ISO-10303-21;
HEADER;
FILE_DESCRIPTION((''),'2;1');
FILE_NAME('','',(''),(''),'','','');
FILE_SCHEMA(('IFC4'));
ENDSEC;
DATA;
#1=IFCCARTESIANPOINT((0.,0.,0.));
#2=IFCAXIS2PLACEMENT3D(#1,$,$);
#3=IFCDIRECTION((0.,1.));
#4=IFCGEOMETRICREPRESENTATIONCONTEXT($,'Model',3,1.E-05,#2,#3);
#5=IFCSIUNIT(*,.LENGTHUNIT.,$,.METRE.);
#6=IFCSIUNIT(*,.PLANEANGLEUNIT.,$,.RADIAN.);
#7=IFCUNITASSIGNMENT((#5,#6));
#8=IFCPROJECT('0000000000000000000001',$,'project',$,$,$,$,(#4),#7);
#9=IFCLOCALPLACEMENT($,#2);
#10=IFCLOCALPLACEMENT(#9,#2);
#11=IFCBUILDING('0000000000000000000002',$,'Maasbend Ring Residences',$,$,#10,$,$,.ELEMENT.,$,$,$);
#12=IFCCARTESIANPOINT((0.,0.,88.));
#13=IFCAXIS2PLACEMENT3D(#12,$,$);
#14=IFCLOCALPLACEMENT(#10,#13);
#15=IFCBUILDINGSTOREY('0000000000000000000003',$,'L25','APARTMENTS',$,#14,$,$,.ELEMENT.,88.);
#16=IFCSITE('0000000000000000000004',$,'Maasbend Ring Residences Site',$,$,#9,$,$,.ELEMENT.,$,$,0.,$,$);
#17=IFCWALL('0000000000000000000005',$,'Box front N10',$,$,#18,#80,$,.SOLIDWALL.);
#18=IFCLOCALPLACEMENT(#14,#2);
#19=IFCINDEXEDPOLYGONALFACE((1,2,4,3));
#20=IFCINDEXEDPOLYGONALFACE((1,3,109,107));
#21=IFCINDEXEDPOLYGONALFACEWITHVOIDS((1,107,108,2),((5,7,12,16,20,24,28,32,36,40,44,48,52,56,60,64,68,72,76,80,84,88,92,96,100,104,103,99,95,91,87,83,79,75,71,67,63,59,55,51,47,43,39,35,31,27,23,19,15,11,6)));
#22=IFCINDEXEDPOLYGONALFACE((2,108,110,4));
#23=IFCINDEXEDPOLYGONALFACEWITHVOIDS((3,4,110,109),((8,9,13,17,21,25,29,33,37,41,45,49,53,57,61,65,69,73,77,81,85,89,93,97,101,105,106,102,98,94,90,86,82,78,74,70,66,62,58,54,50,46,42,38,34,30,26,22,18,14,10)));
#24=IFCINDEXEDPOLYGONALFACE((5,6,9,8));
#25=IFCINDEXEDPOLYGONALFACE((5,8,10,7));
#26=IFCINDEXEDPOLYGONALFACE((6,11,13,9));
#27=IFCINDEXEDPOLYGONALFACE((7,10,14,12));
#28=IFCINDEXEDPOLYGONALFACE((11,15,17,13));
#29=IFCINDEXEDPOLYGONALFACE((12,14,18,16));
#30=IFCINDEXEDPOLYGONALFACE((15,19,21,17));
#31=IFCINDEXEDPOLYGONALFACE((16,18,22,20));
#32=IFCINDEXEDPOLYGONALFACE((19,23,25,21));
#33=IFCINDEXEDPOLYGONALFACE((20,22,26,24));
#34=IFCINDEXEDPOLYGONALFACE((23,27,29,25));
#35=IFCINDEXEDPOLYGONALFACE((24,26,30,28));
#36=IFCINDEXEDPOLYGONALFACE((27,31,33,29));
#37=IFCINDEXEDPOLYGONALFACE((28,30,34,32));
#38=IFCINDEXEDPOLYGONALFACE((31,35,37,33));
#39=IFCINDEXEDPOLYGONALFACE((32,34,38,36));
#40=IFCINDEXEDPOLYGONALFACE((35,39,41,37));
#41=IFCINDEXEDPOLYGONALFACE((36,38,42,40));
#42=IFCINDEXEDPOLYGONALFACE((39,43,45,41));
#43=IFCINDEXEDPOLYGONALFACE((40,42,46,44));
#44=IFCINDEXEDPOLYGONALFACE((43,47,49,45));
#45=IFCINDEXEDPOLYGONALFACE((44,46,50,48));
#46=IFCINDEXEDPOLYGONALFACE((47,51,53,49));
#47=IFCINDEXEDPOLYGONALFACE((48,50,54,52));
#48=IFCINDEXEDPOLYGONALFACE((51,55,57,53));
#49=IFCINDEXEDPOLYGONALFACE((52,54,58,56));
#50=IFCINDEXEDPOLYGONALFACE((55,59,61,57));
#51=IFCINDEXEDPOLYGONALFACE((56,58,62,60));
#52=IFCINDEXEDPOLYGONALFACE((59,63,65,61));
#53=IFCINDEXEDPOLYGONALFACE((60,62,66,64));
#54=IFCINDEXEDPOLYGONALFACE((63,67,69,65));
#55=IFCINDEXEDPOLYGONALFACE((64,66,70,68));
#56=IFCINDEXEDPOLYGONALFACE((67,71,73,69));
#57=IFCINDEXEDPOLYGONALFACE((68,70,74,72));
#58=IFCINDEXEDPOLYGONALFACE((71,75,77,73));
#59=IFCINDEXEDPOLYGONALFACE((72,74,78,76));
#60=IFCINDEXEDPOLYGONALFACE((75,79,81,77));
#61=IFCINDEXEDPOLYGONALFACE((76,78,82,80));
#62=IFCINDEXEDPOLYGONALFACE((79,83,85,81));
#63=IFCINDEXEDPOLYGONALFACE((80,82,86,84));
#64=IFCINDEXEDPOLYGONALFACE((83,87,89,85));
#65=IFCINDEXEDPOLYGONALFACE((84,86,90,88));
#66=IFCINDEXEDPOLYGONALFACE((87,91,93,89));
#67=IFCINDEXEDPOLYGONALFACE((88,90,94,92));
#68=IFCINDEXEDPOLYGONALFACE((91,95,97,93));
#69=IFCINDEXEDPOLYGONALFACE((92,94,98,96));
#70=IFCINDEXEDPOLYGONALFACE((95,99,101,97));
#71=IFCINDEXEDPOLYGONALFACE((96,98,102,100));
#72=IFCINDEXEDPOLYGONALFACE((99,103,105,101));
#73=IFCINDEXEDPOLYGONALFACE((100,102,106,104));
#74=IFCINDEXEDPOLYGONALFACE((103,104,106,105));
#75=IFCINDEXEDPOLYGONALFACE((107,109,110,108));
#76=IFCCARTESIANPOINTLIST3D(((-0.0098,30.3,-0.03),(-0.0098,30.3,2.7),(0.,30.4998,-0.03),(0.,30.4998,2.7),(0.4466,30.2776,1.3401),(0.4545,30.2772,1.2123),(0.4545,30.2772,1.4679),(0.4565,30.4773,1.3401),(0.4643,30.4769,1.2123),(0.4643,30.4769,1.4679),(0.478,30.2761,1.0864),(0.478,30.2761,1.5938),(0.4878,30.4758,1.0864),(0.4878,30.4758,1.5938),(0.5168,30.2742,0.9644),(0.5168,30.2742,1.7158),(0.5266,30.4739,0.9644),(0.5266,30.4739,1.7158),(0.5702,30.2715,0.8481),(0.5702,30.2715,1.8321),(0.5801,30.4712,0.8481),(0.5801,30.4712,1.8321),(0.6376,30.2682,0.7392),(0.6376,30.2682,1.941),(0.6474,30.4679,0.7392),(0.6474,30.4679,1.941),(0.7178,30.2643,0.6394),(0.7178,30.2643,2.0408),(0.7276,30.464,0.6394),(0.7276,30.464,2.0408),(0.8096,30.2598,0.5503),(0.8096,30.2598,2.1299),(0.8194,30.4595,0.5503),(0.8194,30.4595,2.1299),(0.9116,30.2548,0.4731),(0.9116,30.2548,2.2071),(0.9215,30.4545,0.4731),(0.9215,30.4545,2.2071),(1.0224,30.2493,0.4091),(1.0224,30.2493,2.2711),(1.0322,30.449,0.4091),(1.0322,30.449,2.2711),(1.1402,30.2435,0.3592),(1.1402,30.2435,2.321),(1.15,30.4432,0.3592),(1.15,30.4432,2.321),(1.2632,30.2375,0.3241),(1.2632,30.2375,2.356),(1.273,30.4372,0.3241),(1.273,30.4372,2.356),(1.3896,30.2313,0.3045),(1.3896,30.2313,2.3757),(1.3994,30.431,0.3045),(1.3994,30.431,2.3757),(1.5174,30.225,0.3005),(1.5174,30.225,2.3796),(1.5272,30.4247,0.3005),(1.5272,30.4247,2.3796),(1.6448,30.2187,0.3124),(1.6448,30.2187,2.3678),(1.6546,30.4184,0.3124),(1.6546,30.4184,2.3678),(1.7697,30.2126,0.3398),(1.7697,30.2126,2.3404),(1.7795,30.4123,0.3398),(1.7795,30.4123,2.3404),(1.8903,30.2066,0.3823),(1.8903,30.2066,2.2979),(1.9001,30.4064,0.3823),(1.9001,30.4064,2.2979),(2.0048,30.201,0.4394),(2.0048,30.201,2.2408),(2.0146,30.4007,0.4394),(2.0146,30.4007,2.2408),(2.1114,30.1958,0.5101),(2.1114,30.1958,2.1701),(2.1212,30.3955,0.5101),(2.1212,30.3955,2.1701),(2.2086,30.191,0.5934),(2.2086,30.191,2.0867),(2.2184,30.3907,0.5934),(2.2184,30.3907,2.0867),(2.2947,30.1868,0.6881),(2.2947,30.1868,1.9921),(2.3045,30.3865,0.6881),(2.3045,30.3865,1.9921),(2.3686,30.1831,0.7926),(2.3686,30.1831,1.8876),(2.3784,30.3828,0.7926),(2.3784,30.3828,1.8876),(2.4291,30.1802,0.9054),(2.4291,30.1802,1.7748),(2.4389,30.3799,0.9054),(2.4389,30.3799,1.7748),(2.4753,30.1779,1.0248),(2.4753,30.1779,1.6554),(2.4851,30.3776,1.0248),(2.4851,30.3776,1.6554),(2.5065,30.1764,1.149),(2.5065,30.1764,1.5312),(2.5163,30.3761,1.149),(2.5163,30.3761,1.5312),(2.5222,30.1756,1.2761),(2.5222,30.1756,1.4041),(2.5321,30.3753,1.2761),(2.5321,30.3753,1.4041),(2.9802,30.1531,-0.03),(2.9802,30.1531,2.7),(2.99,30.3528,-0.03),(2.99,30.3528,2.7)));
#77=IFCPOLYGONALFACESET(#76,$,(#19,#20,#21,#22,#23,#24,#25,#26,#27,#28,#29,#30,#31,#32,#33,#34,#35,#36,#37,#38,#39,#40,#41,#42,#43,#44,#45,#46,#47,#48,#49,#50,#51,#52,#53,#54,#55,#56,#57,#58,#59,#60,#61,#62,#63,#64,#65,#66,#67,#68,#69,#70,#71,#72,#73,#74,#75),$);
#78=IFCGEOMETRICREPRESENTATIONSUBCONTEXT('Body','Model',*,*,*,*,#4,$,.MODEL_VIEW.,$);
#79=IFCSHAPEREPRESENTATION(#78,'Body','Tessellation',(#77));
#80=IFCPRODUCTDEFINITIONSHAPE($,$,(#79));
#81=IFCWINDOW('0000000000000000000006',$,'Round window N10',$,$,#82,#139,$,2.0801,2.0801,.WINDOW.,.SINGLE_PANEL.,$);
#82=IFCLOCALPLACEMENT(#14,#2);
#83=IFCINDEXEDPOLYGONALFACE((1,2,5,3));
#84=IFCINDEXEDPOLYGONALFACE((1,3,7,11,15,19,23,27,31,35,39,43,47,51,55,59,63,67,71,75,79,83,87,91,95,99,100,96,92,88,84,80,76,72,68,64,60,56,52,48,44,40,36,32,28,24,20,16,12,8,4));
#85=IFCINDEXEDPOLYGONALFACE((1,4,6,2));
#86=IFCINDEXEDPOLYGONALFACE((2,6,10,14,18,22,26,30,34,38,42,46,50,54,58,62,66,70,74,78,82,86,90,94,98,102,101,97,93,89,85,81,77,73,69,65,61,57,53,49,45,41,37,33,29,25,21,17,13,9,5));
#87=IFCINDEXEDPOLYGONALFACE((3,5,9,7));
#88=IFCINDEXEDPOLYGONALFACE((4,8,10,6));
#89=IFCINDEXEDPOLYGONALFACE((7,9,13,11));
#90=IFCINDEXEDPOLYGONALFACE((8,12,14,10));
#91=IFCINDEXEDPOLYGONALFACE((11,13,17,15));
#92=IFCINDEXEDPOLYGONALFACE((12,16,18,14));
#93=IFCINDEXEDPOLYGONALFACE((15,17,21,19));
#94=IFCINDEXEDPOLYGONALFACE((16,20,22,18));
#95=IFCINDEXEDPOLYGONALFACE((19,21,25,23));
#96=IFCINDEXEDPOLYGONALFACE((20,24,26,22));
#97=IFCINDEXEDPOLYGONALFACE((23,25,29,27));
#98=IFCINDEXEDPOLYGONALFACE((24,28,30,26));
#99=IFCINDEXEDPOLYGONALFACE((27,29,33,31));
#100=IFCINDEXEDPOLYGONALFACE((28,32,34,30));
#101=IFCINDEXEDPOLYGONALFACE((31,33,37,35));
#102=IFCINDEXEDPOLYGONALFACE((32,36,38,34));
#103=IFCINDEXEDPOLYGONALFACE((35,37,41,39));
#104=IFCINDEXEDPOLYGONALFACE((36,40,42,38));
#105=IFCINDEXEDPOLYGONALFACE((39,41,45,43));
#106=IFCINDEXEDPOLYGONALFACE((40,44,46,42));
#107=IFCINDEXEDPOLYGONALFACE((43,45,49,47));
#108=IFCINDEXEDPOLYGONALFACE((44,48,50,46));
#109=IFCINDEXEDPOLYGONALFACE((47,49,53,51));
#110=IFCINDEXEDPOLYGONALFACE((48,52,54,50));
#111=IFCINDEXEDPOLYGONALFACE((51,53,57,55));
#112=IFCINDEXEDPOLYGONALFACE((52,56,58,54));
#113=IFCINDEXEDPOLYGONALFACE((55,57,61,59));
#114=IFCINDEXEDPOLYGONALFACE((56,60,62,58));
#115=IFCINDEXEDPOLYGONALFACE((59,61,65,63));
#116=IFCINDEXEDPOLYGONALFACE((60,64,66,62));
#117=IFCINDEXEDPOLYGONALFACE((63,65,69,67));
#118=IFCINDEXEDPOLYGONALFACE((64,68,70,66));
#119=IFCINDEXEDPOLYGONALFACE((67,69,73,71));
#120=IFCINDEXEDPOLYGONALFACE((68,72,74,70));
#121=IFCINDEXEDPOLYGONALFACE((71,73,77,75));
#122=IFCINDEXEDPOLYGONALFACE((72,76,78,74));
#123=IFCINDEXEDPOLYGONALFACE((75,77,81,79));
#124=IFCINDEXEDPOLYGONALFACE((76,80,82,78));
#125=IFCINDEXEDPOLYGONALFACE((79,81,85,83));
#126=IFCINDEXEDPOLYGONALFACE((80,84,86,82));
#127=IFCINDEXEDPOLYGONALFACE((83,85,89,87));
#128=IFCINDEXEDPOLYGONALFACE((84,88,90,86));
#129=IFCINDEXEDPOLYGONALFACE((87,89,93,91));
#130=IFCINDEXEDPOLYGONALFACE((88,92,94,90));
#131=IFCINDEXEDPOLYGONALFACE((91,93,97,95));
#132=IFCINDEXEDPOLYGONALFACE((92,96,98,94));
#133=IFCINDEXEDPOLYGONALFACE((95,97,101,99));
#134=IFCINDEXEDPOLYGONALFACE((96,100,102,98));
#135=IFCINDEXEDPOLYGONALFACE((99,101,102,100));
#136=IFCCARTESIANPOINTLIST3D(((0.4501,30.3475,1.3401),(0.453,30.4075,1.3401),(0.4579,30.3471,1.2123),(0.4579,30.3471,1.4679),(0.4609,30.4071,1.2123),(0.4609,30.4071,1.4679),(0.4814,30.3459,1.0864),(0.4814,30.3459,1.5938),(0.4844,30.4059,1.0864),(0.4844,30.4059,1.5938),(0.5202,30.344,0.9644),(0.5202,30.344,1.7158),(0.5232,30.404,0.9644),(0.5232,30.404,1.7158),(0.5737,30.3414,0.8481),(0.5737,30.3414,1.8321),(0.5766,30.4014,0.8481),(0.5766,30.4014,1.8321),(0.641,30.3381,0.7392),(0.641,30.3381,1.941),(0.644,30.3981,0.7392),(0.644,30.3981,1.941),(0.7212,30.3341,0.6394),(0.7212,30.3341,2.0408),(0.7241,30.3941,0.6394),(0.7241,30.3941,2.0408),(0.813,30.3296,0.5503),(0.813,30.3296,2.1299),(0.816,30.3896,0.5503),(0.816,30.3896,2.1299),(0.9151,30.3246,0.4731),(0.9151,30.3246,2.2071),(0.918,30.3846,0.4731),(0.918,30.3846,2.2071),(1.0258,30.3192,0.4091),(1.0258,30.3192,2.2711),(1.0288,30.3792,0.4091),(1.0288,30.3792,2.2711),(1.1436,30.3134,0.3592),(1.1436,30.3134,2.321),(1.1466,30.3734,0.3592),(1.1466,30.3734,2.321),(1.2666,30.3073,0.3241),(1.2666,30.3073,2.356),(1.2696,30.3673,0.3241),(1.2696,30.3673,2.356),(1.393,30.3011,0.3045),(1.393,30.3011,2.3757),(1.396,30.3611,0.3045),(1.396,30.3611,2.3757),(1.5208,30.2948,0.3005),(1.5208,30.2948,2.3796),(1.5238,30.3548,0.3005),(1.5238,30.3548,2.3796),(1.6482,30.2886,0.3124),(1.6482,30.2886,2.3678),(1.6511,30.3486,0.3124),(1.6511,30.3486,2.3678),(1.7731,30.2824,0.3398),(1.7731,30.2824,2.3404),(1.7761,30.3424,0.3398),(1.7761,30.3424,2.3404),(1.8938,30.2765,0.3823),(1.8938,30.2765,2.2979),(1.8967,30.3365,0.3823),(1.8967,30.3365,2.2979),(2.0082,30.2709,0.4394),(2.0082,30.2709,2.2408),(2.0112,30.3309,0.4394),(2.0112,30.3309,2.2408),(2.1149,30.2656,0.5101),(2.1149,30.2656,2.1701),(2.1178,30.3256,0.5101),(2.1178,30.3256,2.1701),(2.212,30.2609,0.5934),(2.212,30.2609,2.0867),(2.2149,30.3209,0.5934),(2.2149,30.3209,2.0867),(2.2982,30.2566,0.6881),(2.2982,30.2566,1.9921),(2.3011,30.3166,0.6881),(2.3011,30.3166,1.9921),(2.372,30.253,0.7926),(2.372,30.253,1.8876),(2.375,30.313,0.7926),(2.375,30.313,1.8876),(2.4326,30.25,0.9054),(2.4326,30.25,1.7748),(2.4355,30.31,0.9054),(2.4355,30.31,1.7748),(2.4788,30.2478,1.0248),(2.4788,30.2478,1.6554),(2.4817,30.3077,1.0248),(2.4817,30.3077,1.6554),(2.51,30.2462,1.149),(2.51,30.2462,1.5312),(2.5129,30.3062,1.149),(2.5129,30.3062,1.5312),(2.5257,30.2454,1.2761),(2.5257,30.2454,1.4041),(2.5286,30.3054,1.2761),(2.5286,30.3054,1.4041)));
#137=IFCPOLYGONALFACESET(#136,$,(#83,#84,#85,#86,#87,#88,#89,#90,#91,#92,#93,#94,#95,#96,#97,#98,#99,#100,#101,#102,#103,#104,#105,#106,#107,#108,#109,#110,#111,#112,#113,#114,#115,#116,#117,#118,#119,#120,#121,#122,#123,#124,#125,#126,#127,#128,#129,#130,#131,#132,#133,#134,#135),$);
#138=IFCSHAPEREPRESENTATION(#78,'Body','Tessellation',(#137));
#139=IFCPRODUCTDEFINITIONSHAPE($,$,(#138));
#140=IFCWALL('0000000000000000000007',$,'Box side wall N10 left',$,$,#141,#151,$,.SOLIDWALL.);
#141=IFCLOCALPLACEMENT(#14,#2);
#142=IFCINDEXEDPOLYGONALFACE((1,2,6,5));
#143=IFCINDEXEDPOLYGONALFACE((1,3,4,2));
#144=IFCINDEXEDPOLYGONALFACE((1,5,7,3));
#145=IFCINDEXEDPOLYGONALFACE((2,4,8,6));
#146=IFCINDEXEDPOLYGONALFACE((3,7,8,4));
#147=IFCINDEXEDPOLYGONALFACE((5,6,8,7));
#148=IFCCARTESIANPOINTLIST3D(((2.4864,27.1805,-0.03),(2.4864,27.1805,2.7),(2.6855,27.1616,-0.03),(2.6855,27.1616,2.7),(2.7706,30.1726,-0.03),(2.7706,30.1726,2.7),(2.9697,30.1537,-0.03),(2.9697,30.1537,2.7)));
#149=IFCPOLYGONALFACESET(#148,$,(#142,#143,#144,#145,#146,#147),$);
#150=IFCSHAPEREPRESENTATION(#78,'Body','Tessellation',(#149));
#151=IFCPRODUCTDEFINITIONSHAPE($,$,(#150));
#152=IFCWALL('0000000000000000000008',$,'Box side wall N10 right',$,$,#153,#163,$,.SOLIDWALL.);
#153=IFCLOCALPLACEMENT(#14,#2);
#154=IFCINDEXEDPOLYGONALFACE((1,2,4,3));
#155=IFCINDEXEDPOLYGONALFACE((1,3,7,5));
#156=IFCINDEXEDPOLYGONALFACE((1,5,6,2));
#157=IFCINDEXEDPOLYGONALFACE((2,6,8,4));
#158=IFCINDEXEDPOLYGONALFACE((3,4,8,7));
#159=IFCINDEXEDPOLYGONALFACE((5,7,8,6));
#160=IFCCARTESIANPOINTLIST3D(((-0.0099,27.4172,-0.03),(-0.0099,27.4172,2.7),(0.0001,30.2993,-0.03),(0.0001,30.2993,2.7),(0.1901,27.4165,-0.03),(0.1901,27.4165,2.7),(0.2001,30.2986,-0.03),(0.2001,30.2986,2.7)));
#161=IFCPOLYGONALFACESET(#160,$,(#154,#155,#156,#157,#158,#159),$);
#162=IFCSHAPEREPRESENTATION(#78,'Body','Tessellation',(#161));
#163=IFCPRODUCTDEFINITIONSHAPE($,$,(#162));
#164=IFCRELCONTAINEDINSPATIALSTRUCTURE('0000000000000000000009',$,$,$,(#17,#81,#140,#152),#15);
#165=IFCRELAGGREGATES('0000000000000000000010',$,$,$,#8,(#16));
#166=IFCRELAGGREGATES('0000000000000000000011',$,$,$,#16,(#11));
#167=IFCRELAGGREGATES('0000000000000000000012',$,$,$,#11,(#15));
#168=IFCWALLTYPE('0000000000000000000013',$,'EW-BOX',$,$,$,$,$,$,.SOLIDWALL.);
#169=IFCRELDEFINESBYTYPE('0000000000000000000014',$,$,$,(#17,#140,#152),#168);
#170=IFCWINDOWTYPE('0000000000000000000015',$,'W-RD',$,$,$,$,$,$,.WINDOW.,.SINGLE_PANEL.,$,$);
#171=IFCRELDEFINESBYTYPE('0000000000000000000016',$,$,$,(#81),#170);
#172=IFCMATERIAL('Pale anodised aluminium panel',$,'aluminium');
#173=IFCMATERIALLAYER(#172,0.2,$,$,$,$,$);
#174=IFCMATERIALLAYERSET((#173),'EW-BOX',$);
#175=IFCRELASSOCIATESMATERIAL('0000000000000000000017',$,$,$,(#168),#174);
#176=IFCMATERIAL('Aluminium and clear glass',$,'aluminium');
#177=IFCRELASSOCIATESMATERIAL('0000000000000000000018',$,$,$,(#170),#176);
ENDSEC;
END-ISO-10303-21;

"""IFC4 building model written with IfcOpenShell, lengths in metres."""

from ifc_helpers import new_model, si_unit, direction, frame, frame_2d, origin, place, context, subcontext, project, spatial, rectangle, circle, extrude, material, layer, layer_set, type_object, element, fill, save


model = new_model("IFC4")

# Units and contexts
model_context = context("Model", 3, precision=1e-05, world=origin(), true_north=direction((0.0, 1.0)))
body_context = subcontext(model_context, "Body", "Model", "MODEL_VIEW")
ifc_project = project(units=[si_unit("LENGTHUNIT", "METRE"), si_unit("PLANEANGLEUNIT", "RADIAN")], contexts=[model_context])

# Site, building, storey
site_placement = place(None, origin())
site = spatial("IfcSite", under=ifc_project, at=site_placement, Name="Maasbend Ring Residences Site", CompositionType="ELEMENT", RefElevation=0.0)
building_placement = place(site_placement, origin())
building = spatial("IfcBuilding", under=site, at=building_placement, Name="Maasbend Ring Residences", CompositionType="ELEMENT")
storey_placement = place(building_placement, frame((0.0, 0.0, 88.0)))
storey = spatial("IfcBuildingStorey", under=building, at=storey_placement, Name="L25", Description="APARTMENTS", CompositionType="ELEMENT", Elevation=88.0)

# Shared definitions
ifc_material_1 = material(Name="Pale anodised aluminium panel", Category="aluminium")
ifc_layer_1 = layer(ifc_material_1, 0.2)
ifc_layer_set_1 = layer_set([ifc_layer_1], Name="EW-BOX")
wall_type_1 = type_object("IfcWallType", Name="EW-BOX", PredefinedType="SOLIDWALL", material=ifc_layer_set_1)

# Shared definitions
ifc_material_2 = material(Name="Aluminium and clear glass", Category="aluminium")
window_type_1 = type_object("IfcWindowType", Name="W-RD", PartitioningType="SINGLE_PANEL", PredefinedType="WINDOW", material=ifc_material_2)

# Wall, opening, window
wall_1_placement = place(storey_placement, frame((2.9851, 30.2529, -0.03), z_axis=(0.0, 0.0, 1.0), x_axis=(-0.998794, 0.049096, 0.0)))
wall_1 = element("IfcWall", 1, at=wall_1_placement, inside=storey, type_object=wall_type_1, Name="Box front N10", PredefinedType="SOLIDWALL", context=body_context, shape_type="SweptSolid", body=[
    extrude(rectangle(XDim=2.9937, YDim=0.2, at=frame_2d((1.4968, 0.0))), origin(), (0.0, 0.0, 1.0), 2.73),
])
opening_1_placement = place(wall_1_placement, frame((0.4565, 0.0, 0.3301)))
opening_1 = element("IfcOpeningElement", 2, at=opening_1_placement, cuts=wall_1, PredefinedType="OPENING", context=body_context, shape_type="SweptSolid", body=[
    extrude(circle(Radius=1.04, at=frame_2d((1.04, 1.04))), frame((0.0, 0.1099, 0.0), z_axis=(0.0, -1.0, 0.0), x_axis=(1.0, 0.0, 0.0)), (0.0, 0.0, 1.0), 0.22),
])
window_1_placement = place(opening_1_placement, origin())
window_1 = element("IfcWindow", 3, at=window_1_placement, inside=storey, type_object=window_type_1, Name="Round window N10", OverallHeight=2.0801, OverallWidth=2.0801, PartitioningType="SINGLE_PANEL", PredefinedType="WINDOW", context=body_context, shape_type="SweptSolid", body=[
    extrude(circle(Radius=1.04, at=frame_2d((1.04, 1.04))), frame((0.0, 0.03, 0.0), z_axis=(0.0, -1.0, 0.0), x_axis=(1.0, 0.0, 0.0)), (0.0, 0.0, 1.0), 0.0601),
])
fill(opening_1, window_1)

# Walls
wall_2_placement = place(storey_placement, frame((2.5859, 27.1709, -0.03), z_axis=(0.0, 0.0, 1.0), x_axis=(0.094548, 0.99552, 0.0)))
element("IfcWall", 4, at=wall_2_placement, inside=storey, type_object=wall_type_1, Name="Box side wall N10 left", PredefinedType="SOLIDWALL", context=body_context, shape_type="SweptSolid", body=[
    extrude(rectangle(XDim=3.0056, YDim=0.2, at=frame_2d((1.5029, 0.0))), origin(), (0.0, 0.0, 1.0), 2.73),
])
wall_3_placement = place(storey_placement, frame((0.0901, 27.417, -0.03), z_axis=(0.0, 0.0, 1.0), x_axis=(0.003473, 0.999994, 0.0)))
element("IfcWall", 5, at=wall_3_placement, inside=storey, type_object=wall_type_1, Name="Box side wall N10 right", PredefinedType="SOLIDWALL", context=body_context, shape_type="SweptSolid", body=[
    extrude(rectangle(XDim=2.8821, YDim=0.2, at=frame_2d((1.4409, 0.0))), origin(), (0.0, 0.0, 1.0), 2.73),
])

save(model, "model.ifc")
